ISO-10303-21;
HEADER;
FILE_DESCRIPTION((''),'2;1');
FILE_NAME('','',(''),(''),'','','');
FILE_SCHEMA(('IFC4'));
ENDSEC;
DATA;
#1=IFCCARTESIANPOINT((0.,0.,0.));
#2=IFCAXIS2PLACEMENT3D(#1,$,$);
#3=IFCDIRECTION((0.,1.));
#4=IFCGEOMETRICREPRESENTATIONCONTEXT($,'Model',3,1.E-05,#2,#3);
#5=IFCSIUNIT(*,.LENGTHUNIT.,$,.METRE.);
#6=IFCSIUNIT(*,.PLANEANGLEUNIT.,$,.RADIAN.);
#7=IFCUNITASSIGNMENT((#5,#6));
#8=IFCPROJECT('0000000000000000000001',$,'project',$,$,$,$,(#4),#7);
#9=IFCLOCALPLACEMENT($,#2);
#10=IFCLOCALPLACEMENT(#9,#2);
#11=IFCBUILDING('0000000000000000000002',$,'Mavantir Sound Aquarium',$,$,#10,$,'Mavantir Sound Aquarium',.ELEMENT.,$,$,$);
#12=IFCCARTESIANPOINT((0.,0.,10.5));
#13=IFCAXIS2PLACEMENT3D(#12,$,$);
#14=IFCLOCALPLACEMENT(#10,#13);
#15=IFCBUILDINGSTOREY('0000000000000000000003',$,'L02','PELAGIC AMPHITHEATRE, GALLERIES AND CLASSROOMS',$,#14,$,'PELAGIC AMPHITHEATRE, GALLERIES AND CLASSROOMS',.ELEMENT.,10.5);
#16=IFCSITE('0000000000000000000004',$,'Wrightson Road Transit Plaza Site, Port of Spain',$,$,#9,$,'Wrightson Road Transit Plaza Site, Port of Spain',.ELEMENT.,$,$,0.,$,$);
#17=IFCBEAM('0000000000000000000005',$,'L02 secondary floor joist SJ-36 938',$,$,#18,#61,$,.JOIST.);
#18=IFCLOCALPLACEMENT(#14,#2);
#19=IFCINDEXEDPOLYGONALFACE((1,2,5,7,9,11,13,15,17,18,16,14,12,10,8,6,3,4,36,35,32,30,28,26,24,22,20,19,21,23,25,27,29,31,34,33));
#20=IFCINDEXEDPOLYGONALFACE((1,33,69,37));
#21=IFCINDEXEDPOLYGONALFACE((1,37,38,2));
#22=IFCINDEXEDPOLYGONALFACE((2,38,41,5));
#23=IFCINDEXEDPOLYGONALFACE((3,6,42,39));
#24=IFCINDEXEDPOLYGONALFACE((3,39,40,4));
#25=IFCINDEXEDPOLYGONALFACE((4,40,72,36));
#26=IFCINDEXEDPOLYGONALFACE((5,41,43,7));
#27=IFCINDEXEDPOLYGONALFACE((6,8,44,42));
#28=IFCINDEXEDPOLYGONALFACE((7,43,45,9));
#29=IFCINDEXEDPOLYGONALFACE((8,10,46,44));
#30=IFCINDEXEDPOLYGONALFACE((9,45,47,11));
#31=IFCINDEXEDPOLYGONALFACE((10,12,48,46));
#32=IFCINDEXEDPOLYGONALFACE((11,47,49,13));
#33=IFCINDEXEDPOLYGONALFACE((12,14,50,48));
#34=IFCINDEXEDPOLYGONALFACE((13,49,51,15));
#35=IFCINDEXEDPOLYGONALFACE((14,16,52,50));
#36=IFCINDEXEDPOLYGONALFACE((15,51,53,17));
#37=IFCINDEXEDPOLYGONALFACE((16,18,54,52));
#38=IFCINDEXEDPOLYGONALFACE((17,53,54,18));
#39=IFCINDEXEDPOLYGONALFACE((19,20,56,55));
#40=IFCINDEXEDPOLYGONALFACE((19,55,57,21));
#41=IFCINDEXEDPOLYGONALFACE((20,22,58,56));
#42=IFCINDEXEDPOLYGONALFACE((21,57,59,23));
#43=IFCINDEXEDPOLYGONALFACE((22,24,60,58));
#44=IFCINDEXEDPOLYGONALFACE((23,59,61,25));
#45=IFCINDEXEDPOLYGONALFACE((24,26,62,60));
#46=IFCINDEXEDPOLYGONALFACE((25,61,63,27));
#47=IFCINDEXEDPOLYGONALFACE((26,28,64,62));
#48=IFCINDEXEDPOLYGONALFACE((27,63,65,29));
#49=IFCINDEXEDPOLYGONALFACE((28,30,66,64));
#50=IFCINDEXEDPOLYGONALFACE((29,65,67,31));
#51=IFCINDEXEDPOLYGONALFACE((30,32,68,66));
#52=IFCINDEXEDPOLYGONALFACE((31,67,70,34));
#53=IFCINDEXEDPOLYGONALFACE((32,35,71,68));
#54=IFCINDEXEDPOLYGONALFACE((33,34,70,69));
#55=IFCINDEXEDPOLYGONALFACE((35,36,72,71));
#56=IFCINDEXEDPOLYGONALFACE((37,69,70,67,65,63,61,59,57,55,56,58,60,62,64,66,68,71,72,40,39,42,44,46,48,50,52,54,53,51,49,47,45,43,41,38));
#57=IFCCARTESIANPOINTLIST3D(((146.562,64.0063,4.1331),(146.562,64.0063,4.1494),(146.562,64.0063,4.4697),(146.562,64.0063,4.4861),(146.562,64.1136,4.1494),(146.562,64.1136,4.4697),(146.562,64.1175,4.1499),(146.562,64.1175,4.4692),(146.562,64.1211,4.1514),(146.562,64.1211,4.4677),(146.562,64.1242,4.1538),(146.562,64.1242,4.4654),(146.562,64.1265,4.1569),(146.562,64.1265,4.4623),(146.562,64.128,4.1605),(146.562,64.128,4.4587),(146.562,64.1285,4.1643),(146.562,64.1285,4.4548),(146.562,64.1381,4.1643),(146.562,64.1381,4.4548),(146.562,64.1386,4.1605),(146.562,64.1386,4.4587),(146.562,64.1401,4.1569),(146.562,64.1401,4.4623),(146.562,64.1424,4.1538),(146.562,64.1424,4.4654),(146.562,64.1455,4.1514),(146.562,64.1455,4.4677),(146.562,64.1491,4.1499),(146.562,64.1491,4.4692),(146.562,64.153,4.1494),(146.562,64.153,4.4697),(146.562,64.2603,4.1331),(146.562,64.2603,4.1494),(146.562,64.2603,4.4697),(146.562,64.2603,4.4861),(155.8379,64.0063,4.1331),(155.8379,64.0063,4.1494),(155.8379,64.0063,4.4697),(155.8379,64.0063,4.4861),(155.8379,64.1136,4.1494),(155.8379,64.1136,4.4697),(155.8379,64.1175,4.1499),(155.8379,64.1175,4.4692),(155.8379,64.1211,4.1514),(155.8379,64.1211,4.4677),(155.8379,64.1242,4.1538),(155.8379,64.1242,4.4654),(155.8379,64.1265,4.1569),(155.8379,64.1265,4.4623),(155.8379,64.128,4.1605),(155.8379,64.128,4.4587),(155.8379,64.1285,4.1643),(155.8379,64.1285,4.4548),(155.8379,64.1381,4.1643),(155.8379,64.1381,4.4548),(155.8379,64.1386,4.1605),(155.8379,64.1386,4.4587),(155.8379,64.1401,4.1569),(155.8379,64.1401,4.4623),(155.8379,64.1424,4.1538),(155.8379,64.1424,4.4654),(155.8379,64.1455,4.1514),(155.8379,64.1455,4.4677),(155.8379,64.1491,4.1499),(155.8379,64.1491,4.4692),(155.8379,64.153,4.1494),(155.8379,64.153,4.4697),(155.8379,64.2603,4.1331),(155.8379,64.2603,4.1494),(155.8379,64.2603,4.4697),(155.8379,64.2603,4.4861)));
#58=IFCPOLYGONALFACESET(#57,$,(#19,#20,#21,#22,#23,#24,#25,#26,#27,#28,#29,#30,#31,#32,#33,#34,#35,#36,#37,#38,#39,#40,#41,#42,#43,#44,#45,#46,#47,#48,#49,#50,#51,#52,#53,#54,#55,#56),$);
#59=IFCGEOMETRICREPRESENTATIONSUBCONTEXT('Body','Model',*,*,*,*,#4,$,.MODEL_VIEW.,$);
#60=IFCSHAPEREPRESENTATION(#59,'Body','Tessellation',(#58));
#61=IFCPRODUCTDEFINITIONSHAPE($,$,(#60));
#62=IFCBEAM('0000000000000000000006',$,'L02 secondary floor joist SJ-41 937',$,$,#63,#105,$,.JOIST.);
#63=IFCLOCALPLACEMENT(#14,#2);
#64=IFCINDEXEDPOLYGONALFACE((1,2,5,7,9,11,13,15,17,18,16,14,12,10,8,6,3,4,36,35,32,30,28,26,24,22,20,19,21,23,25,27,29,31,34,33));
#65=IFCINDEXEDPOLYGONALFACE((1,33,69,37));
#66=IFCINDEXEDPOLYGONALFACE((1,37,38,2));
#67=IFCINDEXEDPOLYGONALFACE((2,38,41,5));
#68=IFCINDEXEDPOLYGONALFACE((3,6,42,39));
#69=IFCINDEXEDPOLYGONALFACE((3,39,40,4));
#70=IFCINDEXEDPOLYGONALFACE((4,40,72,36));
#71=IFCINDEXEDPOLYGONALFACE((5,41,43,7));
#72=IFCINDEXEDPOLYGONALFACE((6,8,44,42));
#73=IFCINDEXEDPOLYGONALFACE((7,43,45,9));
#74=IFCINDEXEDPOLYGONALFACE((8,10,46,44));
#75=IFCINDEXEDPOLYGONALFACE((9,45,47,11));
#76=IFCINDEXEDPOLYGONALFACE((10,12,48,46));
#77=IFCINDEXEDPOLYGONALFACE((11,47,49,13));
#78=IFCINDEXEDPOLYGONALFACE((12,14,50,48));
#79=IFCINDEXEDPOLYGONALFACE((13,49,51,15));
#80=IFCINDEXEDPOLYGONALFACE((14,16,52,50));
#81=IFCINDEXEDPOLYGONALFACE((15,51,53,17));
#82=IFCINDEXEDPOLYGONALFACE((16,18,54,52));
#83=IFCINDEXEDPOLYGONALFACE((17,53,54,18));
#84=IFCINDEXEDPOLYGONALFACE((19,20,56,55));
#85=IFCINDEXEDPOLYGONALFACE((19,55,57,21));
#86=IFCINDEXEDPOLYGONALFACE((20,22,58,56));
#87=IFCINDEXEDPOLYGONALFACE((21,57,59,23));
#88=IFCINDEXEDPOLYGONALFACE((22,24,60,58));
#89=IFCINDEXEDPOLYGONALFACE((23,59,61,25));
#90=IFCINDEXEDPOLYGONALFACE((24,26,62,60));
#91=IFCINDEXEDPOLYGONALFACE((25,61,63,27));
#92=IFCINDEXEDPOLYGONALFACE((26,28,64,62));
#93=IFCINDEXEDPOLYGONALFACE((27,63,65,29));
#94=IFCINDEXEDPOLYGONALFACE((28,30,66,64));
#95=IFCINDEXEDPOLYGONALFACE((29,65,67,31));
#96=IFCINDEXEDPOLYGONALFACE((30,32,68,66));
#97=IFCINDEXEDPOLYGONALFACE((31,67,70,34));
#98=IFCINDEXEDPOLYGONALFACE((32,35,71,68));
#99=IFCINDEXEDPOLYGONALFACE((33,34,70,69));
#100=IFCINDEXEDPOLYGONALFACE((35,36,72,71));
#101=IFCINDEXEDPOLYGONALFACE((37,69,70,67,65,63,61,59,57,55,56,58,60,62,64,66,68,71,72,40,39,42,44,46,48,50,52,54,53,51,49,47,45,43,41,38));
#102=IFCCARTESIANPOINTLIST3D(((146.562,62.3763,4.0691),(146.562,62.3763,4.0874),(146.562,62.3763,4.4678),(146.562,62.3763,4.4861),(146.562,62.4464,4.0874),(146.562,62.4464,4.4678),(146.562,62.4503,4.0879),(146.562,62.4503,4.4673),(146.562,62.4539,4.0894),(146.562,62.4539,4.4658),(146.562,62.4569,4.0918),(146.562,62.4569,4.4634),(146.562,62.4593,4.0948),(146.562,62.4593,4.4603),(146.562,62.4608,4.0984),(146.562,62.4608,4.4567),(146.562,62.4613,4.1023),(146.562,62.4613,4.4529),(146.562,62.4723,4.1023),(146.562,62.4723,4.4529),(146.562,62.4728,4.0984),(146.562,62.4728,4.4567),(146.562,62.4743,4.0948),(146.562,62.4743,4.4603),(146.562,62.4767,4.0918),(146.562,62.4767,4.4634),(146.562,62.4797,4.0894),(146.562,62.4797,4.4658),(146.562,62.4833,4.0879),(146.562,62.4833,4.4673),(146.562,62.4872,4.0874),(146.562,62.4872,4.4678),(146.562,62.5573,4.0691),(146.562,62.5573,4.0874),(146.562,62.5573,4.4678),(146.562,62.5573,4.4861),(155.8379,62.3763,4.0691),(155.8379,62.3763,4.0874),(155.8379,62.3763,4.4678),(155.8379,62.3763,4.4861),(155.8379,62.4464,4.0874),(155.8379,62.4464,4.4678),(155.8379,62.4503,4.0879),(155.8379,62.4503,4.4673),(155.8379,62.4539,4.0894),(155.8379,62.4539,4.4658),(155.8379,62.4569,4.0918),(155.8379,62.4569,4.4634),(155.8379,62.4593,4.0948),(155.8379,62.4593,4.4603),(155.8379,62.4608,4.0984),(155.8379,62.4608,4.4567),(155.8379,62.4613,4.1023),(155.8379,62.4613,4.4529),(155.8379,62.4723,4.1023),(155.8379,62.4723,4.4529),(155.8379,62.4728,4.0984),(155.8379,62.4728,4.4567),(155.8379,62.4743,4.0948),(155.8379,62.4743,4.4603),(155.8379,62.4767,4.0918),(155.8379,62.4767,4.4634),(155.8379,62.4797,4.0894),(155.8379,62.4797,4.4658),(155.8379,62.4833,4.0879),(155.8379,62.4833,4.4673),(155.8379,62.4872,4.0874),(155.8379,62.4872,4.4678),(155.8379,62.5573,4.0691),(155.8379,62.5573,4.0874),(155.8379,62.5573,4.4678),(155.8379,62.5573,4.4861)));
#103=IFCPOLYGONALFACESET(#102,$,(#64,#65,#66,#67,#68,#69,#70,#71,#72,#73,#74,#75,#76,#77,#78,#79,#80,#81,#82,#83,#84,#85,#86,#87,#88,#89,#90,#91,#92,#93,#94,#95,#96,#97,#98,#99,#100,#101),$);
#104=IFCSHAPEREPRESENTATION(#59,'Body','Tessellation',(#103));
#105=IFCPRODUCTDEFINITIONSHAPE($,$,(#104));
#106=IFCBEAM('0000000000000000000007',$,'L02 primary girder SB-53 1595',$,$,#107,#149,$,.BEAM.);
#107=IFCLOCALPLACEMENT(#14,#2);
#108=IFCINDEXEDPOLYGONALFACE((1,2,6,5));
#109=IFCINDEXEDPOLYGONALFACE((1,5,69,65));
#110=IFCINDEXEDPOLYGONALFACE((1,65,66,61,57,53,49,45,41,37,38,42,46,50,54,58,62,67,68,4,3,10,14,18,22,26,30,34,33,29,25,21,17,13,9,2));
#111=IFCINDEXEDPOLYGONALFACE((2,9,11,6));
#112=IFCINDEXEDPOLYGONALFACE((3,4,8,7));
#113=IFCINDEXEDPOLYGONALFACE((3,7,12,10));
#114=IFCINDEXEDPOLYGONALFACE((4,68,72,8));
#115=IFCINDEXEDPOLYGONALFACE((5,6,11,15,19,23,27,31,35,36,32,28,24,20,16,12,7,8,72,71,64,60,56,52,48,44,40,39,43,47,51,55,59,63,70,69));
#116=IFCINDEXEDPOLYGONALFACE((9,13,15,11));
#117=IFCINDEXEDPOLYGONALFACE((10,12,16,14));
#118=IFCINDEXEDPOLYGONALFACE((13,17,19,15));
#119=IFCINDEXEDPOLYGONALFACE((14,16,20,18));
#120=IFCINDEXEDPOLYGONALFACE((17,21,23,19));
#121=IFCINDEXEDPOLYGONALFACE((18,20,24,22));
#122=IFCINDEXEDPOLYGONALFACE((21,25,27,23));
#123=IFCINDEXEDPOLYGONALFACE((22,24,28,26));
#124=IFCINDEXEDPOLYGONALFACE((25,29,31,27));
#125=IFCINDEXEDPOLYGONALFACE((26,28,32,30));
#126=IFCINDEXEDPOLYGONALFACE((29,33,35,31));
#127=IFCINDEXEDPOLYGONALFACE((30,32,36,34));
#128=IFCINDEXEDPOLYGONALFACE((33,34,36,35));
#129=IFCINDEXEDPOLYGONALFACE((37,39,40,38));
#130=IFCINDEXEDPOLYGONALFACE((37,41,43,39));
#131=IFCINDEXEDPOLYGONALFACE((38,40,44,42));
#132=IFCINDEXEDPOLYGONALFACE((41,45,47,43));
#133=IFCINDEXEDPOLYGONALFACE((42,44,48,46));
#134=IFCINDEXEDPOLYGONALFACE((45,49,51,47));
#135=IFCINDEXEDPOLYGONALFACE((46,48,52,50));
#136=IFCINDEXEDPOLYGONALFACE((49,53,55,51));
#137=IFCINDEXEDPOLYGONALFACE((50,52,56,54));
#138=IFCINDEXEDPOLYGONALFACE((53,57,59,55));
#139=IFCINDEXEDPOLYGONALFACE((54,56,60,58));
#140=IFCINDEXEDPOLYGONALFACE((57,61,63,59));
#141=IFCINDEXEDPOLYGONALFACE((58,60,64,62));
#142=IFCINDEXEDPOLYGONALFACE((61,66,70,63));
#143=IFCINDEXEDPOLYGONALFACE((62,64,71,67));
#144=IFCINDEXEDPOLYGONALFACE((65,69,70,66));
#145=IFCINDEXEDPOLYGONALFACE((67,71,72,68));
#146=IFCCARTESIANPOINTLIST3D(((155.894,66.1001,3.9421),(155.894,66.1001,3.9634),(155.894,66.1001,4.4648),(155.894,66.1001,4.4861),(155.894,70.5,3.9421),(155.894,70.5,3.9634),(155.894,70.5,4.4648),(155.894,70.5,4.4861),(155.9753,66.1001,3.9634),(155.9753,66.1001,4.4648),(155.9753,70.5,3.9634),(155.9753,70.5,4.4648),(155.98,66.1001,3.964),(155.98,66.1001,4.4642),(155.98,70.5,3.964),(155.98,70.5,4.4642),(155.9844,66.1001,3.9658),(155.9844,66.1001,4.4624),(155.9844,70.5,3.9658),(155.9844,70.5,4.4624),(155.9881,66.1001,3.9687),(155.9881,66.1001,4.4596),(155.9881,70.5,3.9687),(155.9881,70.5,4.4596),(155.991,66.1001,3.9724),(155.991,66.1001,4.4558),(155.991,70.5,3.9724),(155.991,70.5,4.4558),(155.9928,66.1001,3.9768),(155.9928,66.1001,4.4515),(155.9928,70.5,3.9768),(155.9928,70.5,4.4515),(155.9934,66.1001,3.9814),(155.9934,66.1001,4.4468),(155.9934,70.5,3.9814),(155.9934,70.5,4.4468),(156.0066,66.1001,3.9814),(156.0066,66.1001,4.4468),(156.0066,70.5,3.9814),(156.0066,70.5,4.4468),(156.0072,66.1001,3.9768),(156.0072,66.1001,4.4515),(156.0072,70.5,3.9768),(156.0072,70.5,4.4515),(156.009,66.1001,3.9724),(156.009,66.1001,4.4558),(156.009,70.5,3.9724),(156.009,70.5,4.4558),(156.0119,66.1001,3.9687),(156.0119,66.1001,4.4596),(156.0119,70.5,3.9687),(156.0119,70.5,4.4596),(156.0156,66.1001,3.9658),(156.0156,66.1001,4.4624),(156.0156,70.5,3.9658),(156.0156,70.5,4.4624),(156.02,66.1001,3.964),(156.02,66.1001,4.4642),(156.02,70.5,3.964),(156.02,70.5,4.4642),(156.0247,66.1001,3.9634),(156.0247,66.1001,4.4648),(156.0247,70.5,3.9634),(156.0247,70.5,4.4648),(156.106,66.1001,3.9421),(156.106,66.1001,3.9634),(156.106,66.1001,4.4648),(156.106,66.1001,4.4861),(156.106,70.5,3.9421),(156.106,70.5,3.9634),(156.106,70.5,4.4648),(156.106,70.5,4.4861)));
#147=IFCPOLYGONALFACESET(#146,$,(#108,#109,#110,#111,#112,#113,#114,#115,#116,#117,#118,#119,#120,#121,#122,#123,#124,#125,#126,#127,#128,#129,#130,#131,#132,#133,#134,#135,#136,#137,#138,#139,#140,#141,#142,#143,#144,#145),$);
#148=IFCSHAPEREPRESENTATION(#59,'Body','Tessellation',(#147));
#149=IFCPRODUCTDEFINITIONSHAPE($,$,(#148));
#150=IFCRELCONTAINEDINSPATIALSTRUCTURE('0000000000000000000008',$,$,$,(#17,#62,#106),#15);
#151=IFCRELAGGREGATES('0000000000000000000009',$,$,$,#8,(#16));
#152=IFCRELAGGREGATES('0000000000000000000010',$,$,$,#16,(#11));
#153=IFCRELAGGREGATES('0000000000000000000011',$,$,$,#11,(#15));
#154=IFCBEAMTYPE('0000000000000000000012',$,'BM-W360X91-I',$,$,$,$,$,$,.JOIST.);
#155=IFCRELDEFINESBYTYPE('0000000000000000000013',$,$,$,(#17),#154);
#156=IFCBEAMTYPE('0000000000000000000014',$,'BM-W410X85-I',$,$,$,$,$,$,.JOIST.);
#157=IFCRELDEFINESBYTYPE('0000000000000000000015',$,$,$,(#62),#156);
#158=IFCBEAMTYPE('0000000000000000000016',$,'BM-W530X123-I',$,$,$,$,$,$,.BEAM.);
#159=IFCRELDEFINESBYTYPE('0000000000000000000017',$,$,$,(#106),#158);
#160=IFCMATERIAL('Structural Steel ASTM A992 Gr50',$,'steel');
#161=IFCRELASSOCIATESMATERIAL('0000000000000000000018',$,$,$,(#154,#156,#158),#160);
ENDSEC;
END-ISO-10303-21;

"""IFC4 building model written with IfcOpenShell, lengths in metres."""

from ifc_helpers import new_model, si_unit, direction, frame, origin, origin_2d, place, context, subcontext, project, spatial, i_section, extrude, material, material_profile, profile_set, type_object, element, save


model = new_model("IFC4")

# Units and contexts
model_context = context("Model", 3, precision=1e-05, world=origin(), true_north=direction((0.0, 1.0)))
body_context = subcontext(model_context, "Body", "Model", "MODEL_VIEW")
ifc_project = project(units=[si_unit("LENGTHUNIT", "METRE"), si_unit("PLANEANGLEUNIT", "RADIAN")], contexts=[model_context])

# Site, building, storey
site_placement = place(None, origin())
site = spatial("IfcSite", under=ifc_project, at=site_placement, Name="Wrightson Road Transit Plaza Site, Port of Spain", LongName="Wrightson Road Transit Plaza Site, Port of Spain", CompositionType="ELEMENT", RefElevation=0.0)
building_placement = place(site_placement, origin())
building = spatial("IfcBuilding", under=site, at=building_placement, Name="Mavantir Sound Aquarium", LongName="Mavantir Sound Aquarium", CompositionType="ELEMENT")
storey_placement = place(building_placement, frame((0.0, 0.0, 10.5)))
storey = spatial("IfcBuildingStorey", under=building, at=storey_placement, Name="L02", Description="PELAGIC AMPHITHEATRE, GALLERIES AND CLASSROOMS", LongName="PELAGIC AMPHITHEATRE, GALLERIES AND CLASSROOMS", CompositionType="ELEMENT", Elevation=10.5)

# Beams
ifc_material_1 = material(Name="Structural Steel ASTM A992 Gr50", Category="steel")
ifc_material_profile_1 = material_profile(ifc_material_1, i_section(OverallWidth=0.2539, OverallDepth=0.353, WebThickness=0.0095, FlangeThickness=0.0164, FilletRadius=0.0149, at=origin_2d()), Name="W360X91")
ifc_profile_set_1 = profile_set([ifc_material_profile_1], Name="Structural Steel ASTM A992 Gr50")
beam_type_1 = type_object("IfcBeamType", Name="BM-W360X91-I", PredefinedType="JOIST", material=ifc_profile_set_1)
beam_1_placement = place(storey_placement, frame((146.562, 64.1333, 4.3096), z_axis=(1.0, 0.0, 0.0), x_axis=(0.0, 1.0, 0.0)))
element("IfcBeam", 1, at=beam_1_placement, inside=storey, type_object=beam_type_1, Name="L02 secondary floor joist SJ-36 938", PredefinedType="JOIST", context=body_context, shape_type="SweptSolid", body=[
    extrude(i_section(OverallWidth=0.2539, OverallDepth=0.353, WebThickness=0.0095, FlangeThickness=0.0164, FilletRadius=0.0149, at=origin_2d()), origin(), (0.0, 0.0, 1.0), 9.2759),
])
ifc_material_profile_2 = material_profile(ifc_material_1, i_section(OverallWidth=0.1809, OverallDepth=0.417, WebThickness=0.011, FlangeThickness=0.0183, FilletRadius=0.0149, at=origin_2d()), Name="W410X85")
ifc_profile_set_2 = profile_set([ifc_material_profile_2], Name="Structural Steel ASTM A992 Gr50")
beam_type_2 = type_object("IfcBeamType", Name="BM-W410X85-I", PredefinedType="JOIST", material=ifc_profile_set_2)
beam_2_placement = place(storey_placement, frame((146.562, 62.4668, 4.2776), z_axis=(1.0, 0.0, 0.0), x_axis=(0.0, 1.0, 0.0)))
element("IfcBeam", 2, at=beam_2_placement, inside=storey, type_object=beam_type_2, Name="L02 secondary floor joist SJ-41 937", PredefinedType="JOIST", context=body_context, shape_type="SweptSolid", body=[
    extrude(i_section(OverallWidth=0.1809, OverallDepth=0.417, WebThickness=0.011, FlangeThickness=0.0183, FilletRadius=0.0149, at=origin_2d()), origin(), (0.0, 0.0, 1.0), 9.2759),
])
ifc_material_profile_3 = material_profile(ifc_material_1, i_section(OverallWidth=0.2119, OverallDepth=0.5439, WebThickness=0.0132, FlangeThickness=0.0212, FilletRadius=0.0181, at=origin_2d()), Name="W530X123")
ifc_profile_set_3 = profile_set([ifc_material_profile_3], Name="Structural Steel ASTM A992 Gr50")
beam_type_3 = type_object("IfcBeamType", Name="BM-W530X123-I", PredefinedType="BEAM", material=ifc_profile_set_3)
beam_3_placement = place(storey_placement, frame((156.0, 66.1001, 4.2141), z_axis=(0.0, 1.0, 0.0), x_axis=(-1.0, 0.0, 0.0)))
element("IfcBeam", 3, at=beam_3_placement, inside=storey, type_object=beam_type_3, Name="L02 primary girder SB-53 1595", PredefinedType="BEAM", context=body_context, shape_type="SweptSolid", body=[
    extrude(i_section(OverallWidth=0.2119, OverallDepth=0.5439, WebThickness=0.0132, FlangeThickness=0.0212, FilletRadius=0.0181, at=origin_2d()), origin(), (0.0, 0.0, 1.0), 4.3999),
])

save(model, "model.ifc")
